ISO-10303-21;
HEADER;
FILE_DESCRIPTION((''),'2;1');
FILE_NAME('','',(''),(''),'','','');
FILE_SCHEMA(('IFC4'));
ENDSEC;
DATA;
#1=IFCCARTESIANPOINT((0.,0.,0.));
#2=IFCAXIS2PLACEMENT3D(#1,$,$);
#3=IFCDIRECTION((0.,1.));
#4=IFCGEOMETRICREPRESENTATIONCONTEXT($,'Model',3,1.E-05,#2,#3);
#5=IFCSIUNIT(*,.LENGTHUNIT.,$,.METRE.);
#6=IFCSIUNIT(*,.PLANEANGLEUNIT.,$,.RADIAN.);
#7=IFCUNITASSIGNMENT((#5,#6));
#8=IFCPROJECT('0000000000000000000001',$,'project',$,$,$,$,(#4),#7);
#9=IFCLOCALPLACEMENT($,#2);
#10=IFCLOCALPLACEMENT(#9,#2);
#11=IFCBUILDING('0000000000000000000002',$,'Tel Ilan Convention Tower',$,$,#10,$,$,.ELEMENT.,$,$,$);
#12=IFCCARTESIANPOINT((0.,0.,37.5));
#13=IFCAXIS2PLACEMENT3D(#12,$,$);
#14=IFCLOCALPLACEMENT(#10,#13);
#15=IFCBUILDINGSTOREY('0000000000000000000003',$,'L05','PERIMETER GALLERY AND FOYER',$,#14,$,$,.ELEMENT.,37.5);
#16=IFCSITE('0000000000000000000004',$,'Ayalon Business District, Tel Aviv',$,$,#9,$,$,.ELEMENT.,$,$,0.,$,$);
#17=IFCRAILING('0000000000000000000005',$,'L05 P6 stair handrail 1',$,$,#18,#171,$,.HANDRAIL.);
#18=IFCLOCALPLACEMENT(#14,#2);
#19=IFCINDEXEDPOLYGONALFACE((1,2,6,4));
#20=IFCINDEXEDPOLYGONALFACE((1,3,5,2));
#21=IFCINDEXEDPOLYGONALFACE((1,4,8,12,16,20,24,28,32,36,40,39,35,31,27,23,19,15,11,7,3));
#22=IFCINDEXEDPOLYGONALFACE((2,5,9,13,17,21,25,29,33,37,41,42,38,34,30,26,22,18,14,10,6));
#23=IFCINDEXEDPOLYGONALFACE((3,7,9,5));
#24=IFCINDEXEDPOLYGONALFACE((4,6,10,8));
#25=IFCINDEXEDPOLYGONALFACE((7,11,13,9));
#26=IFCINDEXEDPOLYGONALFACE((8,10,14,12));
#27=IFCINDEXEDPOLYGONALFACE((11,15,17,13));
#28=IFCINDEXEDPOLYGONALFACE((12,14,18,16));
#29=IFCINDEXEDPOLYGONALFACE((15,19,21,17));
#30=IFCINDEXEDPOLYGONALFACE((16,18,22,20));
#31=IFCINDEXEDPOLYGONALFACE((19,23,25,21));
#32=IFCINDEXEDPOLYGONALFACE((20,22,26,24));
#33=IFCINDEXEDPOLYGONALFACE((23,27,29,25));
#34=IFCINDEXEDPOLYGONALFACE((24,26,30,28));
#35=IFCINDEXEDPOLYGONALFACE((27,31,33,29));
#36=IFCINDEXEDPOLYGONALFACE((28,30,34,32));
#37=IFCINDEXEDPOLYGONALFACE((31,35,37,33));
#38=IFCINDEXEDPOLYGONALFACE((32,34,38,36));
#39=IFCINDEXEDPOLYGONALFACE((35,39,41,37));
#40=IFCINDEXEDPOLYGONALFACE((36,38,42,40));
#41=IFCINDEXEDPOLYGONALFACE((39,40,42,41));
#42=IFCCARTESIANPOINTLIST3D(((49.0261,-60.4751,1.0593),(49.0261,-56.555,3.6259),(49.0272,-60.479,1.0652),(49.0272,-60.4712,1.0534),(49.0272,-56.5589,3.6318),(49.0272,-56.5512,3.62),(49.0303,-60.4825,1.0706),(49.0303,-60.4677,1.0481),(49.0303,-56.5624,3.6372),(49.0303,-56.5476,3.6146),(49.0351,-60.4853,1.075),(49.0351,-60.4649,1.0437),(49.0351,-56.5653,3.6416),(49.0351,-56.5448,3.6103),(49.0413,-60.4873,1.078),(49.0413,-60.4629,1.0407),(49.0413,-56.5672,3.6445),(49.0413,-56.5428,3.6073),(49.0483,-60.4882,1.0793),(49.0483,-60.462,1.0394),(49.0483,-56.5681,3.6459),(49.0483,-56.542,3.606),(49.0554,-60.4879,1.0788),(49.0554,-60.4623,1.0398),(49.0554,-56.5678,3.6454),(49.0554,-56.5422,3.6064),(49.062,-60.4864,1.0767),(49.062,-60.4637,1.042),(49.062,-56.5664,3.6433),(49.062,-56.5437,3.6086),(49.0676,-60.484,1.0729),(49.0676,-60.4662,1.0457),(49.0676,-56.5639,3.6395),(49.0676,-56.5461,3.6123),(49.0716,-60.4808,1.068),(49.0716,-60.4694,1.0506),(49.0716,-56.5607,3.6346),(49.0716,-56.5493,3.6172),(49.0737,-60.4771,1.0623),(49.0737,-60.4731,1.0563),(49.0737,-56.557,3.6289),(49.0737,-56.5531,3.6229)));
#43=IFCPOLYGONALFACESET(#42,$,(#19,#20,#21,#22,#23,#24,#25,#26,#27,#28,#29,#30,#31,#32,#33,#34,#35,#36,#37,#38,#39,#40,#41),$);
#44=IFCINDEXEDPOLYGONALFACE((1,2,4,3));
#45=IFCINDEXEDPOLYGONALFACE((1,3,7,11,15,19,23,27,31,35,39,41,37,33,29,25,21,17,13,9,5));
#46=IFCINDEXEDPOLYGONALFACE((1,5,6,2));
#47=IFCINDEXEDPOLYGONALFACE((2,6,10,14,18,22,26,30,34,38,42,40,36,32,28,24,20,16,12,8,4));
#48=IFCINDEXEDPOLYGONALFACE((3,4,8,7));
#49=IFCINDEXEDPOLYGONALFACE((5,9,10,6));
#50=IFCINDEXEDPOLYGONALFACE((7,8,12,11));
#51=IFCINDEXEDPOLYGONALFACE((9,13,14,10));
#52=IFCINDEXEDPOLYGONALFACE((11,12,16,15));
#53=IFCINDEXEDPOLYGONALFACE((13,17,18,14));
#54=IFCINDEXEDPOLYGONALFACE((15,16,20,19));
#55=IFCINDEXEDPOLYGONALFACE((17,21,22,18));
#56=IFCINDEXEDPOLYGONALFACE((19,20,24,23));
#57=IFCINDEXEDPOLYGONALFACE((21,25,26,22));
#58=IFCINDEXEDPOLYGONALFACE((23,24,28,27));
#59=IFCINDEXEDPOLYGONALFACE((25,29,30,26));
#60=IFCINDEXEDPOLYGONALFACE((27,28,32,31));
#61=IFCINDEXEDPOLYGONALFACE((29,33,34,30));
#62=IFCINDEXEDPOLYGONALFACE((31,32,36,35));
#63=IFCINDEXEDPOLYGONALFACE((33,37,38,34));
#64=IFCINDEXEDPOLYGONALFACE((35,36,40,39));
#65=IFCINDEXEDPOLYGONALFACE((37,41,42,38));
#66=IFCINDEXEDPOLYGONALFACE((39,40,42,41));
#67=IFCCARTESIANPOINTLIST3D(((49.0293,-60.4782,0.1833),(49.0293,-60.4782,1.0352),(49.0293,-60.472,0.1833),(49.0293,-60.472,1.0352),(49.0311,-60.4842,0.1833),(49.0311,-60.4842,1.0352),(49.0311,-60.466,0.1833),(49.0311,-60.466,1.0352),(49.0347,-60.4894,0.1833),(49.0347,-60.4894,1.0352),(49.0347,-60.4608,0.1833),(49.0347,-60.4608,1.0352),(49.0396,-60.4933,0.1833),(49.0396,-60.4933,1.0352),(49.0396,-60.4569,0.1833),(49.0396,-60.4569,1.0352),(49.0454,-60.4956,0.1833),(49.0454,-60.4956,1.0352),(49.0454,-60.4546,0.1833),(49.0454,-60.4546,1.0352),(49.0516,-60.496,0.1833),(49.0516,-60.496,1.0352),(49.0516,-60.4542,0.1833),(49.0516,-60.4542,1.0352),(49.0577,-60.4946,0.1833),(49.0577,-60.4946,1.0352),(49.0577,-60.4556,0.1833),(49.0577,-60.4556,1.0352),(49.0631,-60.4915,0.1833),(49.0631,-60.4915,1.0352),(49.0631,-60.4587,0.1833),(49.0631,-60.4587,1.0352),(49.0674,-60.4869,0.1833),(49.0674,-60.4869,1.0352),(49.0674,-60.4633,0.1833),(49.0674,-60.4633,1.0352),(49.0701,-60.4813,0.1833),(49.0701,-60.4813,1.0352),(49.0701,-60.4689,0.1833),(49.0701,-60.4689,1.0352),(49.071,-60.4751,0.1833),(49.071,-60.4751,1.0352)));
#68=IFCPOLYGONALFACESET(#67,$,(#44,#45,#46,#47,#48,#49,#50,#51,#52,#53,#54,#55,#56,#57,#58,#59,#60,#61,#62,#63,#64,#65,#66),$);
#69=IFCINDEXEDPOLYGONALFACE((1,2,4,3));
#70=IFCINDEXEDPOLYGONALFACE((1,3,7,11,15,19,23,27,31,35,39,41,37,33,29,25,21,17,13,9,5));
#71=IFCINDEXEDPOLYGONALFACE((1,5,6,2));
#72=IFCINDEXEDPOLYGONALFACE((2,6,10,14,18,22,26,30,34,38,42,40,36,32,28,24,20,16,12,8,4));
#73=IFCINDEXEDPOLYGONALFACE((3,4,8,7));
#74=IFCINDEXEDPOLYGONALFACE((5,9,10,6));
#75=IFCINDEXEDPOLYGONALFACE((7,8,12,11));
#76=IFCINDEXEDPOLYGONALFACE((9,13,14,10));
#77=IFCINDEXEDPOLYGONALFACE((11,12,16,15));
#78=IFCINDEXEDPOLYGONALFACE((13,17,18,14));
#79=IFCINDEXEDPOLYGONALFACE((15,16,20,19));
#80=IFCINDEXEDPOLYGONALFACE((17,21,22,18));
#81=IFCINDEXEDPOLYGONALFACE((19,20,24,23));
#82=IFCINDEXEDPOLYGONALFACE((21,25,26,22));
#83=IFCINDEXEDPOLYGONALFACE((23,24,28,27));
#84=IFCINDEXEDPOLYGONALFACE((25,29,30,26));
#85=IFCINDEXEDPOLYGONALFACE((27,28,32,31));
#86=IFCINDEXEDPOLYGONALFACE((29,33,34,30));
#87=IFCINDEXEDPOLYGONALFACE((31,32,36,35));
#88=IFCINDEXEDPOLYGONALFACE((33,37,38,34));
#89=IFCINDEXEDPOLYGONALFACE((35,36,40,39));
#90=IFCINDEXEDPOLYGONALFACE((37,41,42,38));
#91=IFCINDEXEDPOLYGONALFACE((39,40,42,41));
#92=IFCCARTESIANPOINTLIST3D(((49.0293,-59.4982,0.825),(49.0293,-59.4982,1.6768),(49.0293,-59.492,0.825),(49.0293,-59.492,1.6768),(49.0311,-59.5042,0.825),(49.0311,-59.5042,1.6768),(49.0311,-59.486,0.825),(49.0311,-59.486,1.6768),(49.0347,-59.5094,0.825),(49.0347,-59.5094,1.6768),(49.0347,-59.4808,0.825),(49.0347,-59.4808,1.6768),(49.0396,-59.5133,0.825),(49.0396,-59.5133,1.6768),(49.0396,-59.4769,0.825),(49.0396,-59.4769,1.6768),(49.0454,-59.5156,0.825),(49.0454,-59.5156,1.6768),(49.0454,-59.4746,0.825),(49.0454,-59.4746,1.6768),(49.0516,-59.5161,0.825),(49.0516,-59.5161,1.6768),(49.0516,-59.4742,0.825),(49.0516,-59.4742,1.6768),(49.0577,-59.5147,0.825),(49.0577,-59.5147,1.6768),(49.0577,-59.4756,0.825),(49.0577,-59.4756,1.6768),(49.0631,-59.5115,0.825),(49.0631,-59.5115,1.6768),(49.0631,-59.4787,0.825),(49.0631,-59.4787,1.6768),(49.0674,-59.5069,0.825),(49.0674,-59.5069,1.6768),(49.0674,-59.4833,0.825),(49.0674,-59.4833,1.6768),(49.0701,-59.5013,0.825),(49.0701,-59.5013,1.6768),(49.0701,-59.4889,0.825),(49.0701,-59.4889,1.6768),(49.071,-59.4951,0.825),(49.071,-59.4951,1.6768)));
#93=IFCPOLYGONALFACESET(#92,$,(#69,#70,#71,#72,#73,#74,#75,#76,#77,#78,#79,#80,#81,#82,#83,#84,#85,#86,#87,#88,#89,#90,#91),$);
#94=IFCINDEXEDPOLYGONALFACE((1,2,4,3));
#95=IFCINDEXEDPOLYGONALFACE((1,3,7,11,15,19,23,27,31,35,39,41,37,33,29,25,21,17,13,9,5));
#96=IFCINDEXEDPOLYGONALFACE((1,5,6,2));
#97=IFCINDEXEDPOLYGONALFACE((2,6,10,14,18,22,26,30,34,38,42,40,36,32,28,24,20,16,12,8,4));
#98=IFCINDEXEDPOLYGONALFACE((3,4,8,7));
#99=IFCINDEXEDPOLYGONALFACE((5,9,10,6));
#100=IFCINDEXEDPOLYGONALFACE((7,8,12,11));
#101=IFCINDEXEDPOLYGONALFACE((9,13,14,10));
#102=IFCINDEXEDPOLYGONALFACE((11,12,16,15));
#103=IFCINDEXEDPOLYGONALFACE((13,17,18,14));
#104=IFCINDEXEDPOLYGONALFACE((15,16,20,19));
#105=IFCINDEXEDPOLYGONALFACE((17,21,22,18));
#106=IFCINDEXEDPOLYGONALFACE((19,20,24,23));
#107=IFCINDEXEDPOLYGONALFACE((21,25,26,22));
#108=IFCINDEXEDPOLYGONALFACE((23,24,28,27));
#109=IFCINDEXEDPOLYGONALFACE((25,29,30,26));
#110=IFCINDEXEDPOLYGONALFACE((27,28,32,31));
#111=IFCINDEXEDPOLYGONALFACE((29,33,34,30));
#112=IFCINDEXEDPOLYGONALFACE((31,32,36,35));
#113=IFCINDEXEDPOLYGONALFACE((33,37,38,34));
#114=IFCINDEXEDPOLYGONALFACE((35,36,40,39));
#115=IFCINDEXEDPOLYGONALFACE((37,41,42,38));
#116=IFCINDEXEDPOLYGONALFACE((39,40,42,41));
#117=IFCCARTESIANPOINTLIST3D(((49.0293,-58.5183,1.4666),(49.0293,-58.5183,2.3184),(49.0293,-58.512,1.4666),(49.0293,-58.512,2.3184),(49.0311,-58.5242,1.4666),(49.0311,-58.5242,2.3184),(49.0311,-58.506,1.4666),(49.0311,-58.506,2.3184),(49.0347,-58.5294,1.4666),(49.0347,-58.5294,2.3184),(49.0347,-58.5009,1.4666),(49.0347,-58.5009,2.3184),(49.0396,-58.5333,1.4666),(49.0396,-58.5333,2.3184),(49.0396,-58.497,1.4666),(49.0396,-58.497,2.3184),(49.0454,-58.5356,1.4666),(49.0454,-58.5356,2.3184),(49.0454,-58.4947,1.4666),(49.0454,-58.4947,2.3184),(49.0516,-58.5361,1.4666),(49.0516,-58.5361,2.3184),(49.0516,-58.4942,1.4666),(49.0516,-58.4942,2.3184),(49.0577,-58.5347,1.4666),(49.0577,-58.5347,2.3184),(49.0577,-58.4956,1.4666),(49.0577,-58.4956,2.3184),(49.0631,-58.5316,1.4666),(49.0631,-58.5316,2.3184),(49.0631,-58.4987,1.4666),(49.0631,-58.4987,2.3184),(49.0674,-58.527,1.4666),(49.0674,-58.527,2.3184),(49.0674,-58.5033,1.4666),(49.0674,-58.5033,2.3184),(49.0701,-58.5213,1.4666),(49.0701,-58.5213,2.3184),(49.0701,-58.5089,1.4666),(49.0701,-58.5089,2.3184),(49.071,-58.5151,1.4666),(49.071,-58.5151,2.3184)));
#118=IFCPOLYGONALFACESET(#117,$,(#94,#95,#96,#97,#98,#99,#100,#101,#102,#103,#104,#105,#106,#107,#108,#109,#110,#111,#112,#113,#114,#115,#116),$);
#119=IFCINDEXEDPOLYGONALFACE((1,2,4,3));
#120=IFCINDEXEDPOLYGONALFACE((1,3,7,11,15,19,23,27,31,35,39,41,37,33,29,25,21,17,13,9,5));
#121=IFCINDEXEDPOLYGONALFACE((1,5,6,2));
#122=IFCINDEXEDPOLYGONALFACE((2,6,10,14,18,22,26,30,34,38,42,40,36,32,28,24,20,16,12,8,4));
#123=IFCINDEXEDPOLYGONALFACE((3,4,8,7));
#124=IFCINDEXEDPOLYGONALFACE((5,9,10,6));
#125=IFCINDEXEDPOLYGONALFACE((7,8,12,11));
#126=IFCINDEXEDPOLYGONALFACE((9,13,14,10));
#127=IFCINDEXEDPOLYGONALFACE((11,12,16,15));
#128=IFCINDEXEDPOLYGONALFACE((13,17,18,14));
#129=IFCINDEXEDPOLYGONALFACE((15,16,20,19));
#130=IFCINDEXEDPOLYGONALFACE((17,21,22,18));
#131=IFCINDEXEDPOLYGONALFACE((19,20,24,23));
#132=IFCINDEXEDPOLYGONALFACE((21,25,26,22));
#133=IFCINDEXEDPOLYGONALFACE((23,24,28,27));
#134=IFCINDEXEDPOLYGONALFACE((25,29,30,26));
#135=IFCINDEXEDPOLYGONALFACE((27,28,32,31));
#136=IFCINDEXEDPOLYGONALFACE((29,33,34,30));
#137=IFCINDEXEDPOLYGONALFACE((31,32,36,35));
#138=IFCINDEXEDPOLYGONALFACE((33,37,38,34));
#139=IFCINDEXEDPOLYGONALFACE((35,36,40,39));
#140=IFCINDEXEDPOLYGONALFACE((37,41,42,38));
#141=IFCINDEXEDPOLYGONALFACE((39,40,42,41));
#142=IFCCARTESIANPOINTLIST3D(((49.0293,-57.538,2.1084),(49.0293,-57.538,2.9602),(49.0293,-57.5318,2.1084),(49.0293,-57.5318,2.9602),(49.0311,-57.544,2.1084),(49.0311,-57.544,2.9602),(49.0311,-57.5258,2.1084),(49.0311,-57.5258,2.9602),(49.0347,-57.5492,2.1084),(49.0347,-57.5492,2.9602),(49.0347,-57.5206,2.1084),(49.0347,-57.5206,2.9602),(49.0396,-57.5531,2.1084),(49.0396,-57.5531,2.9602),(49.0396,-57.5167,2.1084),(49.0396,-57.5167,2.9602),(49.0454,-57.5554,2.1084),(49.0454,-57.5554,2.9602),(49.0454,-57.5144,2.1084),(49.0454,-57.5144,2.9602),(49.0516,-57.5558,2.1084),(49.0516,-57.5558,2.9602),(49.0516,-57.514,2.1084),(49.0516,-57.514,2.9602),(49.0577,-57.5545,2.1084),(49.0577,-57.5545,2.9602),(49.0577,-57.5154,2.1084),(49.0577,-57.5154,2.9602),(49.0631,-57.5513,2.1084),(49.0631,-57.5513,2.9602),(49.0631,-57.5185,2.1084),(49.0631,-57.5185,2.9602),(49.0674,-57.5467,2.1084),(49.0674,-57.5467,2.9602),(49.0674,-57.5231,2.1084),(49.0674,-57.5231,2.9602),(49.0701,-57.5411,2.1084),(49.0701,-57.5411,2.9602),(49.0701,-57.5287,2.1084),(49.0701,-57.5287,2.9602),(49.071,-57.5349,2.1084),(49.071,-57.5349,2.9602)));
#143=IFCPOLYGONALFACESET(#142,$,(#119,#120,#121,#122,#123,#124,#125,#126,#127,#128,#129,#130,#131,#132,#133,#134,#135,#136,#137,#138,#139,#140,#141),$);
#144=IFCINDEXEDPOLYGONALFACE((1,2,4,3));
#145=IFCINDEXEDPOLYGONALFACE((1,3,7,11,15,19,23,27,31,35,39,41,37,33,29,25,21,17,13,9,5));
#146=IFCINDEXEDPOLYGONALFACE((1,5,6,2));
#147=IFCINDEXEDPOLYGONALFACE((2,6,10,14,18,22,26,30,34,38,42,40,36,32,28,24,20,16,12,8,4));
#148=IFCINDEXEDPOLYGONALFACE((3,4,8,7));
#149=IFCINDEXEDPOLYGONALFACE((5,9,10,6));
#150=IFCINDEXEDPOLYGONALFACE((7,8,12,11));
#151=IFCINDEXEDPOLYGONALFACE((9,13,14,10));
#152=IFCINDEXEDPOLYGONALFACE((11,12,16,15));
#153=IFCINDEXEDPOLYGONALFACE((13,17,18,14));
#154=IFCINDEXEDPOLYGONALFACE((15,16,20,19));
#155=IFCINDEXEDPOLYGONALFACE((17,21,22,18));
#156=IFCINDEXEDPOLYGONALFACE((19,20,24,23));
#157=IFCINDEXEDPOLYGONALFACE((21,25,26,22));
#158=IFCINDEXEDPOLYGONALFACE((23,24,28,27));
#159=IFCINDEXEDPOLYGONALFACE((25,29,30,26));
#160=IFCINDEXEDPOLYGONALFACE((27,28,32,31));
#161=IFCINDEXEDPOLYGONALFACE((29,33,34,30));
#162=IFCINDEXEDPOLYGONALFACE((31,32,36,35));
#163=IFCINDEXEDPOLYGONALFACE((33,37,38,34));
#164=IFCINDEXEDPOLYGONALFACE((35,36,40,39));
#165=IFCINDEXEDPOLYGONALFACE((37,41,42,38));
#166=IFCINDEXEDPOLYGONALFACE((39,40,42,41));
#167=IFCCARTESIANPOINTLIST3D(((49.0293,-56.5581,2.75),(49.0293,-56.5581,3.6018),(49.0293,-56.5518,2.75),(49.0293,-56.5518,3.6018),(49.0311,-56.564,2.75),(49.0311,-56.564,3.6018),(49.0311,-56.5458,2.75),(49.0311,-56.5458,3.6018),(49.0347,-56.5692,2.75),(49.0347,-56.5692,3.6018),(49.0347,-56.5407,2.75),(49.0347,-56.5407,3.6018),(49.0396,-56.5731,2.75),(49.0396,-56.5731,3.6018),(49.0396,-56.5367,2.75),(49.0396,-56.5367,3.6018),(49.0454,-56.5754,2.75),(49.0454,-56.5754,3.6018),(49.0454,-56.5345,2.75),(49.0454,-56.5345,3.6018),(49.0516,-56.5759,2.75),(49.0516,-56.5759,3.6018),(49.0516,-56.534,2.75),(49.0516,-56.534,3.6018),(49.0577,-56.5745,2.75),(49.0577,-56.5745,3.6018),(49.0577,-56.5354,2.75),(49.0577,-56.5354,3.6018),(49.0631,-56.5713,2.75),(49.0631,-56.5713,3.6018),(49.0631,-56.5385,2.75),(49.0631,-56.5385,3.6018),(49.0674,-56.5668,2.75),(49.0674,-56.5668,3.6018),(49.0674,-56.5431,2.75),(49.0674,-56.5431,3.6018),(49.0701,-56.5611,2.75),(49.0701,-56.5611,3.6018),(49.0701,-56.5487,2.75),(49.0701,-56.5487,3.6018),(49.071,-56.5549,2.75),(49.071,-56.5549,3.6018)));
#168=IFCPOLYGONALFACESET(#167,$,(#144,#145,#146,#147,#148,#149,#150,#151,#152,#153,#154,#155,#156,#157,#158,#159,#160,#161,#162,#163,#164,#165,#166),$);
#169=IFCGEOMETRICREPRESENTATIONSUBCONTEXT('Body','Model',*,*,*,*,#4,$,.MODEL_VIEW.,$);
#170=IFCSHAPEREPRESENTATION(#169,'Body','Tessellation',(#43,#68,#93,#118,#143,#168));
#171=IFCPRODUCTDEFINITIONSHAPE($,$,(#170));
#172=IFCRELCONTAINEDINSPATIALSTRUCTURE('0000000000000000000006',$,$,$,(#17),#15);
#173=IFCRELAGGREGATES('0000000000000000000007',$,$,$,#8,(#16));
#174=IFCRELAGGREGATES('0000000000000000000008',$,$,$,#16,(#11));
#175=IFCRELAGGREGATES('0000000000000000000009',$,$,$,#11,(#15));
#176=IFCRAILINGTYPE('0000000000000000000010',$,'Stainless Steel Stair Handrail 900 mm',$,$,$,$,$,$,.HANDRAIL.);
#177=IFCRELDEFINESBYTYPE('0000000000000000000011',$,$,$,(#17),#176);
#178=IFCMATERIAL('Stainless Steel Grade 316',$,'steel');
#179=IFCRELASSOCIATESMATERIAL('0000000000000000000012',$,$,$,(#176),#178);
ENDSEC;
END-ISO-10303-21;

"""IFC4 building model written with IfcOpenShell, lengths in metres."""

from ifc_helpers import new_model, si_unit, direction, frame, origin, origin_2d, place, context, subcontext, project, spatial, circle, extrude, material, type_object, element, save


model = new_model("IFC4")

# Units and contexts
model_context = context("Model", 3, precision=1e-05, world=origin(), true_north=direction((0.0, 1.0)))
body_context = subcontext(model_context, "Body", "Model", "MODEL_VIEW")
ifc_project = project(units=[si_unit("LENGTHUNIT", "METRE"), si_unit("PLANEANGLEUNIT", "RADIAN")], contexts=[model_context])

# Site, building, storey
site_placement = place(None, origin())
site = spatial("IfcSite", under=ifc_project, at=site_placement, Name="Ayalon Business District, Tel Aviv", CompositionType="ELEMENT", RefElevation=0.0)
building_placement = place(site_placement, origin())
building = spatial("IfcBuilding", under=site, at=building_placement, Name="Tel Ilan Convention Tower", CompositionType="ELEMENT")
storey_placement = place(building_placement, frame((0.0, 0.0, 37.5)))
storey = spatial("IfcBuildingStorey", under=building, at=storey_placement, Name="L05", Description="PERIMETER GALLERY AND FOYER", CompositionType="ELEMENT", Elevation=37.5)

# Railing
ifc_material_1 = material(Name="Stainless Steel Grade 316", Category="steel")
railing_type_1 = type_object("IfcRailingType", Name="Stainless Steel Stair Handrail 900 mm", PredefinedType="HANDRAIL", material=ifc_material_1)
railing_1_placement = place(storey_placement, frame((49.05, -60.4751, 0.1833)))
element("IfcRailing", 1, at=railing_1_placement, inside=storey, type_object=railing_type_1, Name="L05 P6 stair handrail 1", PredefinedType="HANDRAIL", context=body_context, shape_type="SweptSolid", body=[
    extrude(circle(Radius=0.0239, at=origin_2d()), frame((0.0, 0.0, 0.876), z_axis=(0.0, 0.836631, 0.547767), x_axis=(-1.0, 0.0, 0.0)), (0.0, 0.0, 1.0), 4.6855),
    extrude(circle(Radius=0.021, at=origin_2d()), origin(), (0.0, 0.0, 1.0), 0.8518),
    extrude(circle(Radius=0.021, at=origin_2d()), frame((0.0, 0.98, 0.6416)), (0.0, 0.0, 1.0), 0.8518),
    extrude(circle(Radius=0.021, at=origin_2d()), frame((0.0, 1.96, 1.2832)), (0.0, 0.0, 1.0), 0.8518),
    extrude(circle(Radius=0.021, at=origin_2d()), frame((0.0, 2.9402, 1.925)), (0.0, 0.0, 1.0), 0.8518),
    extrude(circle(Radius=0.021, at=origin_2d()), frame((0.0, 3.9202, 2.5667)), (0.0, 0.0, 1.0), 0.8518),
])

save(model, "model.ifc")
